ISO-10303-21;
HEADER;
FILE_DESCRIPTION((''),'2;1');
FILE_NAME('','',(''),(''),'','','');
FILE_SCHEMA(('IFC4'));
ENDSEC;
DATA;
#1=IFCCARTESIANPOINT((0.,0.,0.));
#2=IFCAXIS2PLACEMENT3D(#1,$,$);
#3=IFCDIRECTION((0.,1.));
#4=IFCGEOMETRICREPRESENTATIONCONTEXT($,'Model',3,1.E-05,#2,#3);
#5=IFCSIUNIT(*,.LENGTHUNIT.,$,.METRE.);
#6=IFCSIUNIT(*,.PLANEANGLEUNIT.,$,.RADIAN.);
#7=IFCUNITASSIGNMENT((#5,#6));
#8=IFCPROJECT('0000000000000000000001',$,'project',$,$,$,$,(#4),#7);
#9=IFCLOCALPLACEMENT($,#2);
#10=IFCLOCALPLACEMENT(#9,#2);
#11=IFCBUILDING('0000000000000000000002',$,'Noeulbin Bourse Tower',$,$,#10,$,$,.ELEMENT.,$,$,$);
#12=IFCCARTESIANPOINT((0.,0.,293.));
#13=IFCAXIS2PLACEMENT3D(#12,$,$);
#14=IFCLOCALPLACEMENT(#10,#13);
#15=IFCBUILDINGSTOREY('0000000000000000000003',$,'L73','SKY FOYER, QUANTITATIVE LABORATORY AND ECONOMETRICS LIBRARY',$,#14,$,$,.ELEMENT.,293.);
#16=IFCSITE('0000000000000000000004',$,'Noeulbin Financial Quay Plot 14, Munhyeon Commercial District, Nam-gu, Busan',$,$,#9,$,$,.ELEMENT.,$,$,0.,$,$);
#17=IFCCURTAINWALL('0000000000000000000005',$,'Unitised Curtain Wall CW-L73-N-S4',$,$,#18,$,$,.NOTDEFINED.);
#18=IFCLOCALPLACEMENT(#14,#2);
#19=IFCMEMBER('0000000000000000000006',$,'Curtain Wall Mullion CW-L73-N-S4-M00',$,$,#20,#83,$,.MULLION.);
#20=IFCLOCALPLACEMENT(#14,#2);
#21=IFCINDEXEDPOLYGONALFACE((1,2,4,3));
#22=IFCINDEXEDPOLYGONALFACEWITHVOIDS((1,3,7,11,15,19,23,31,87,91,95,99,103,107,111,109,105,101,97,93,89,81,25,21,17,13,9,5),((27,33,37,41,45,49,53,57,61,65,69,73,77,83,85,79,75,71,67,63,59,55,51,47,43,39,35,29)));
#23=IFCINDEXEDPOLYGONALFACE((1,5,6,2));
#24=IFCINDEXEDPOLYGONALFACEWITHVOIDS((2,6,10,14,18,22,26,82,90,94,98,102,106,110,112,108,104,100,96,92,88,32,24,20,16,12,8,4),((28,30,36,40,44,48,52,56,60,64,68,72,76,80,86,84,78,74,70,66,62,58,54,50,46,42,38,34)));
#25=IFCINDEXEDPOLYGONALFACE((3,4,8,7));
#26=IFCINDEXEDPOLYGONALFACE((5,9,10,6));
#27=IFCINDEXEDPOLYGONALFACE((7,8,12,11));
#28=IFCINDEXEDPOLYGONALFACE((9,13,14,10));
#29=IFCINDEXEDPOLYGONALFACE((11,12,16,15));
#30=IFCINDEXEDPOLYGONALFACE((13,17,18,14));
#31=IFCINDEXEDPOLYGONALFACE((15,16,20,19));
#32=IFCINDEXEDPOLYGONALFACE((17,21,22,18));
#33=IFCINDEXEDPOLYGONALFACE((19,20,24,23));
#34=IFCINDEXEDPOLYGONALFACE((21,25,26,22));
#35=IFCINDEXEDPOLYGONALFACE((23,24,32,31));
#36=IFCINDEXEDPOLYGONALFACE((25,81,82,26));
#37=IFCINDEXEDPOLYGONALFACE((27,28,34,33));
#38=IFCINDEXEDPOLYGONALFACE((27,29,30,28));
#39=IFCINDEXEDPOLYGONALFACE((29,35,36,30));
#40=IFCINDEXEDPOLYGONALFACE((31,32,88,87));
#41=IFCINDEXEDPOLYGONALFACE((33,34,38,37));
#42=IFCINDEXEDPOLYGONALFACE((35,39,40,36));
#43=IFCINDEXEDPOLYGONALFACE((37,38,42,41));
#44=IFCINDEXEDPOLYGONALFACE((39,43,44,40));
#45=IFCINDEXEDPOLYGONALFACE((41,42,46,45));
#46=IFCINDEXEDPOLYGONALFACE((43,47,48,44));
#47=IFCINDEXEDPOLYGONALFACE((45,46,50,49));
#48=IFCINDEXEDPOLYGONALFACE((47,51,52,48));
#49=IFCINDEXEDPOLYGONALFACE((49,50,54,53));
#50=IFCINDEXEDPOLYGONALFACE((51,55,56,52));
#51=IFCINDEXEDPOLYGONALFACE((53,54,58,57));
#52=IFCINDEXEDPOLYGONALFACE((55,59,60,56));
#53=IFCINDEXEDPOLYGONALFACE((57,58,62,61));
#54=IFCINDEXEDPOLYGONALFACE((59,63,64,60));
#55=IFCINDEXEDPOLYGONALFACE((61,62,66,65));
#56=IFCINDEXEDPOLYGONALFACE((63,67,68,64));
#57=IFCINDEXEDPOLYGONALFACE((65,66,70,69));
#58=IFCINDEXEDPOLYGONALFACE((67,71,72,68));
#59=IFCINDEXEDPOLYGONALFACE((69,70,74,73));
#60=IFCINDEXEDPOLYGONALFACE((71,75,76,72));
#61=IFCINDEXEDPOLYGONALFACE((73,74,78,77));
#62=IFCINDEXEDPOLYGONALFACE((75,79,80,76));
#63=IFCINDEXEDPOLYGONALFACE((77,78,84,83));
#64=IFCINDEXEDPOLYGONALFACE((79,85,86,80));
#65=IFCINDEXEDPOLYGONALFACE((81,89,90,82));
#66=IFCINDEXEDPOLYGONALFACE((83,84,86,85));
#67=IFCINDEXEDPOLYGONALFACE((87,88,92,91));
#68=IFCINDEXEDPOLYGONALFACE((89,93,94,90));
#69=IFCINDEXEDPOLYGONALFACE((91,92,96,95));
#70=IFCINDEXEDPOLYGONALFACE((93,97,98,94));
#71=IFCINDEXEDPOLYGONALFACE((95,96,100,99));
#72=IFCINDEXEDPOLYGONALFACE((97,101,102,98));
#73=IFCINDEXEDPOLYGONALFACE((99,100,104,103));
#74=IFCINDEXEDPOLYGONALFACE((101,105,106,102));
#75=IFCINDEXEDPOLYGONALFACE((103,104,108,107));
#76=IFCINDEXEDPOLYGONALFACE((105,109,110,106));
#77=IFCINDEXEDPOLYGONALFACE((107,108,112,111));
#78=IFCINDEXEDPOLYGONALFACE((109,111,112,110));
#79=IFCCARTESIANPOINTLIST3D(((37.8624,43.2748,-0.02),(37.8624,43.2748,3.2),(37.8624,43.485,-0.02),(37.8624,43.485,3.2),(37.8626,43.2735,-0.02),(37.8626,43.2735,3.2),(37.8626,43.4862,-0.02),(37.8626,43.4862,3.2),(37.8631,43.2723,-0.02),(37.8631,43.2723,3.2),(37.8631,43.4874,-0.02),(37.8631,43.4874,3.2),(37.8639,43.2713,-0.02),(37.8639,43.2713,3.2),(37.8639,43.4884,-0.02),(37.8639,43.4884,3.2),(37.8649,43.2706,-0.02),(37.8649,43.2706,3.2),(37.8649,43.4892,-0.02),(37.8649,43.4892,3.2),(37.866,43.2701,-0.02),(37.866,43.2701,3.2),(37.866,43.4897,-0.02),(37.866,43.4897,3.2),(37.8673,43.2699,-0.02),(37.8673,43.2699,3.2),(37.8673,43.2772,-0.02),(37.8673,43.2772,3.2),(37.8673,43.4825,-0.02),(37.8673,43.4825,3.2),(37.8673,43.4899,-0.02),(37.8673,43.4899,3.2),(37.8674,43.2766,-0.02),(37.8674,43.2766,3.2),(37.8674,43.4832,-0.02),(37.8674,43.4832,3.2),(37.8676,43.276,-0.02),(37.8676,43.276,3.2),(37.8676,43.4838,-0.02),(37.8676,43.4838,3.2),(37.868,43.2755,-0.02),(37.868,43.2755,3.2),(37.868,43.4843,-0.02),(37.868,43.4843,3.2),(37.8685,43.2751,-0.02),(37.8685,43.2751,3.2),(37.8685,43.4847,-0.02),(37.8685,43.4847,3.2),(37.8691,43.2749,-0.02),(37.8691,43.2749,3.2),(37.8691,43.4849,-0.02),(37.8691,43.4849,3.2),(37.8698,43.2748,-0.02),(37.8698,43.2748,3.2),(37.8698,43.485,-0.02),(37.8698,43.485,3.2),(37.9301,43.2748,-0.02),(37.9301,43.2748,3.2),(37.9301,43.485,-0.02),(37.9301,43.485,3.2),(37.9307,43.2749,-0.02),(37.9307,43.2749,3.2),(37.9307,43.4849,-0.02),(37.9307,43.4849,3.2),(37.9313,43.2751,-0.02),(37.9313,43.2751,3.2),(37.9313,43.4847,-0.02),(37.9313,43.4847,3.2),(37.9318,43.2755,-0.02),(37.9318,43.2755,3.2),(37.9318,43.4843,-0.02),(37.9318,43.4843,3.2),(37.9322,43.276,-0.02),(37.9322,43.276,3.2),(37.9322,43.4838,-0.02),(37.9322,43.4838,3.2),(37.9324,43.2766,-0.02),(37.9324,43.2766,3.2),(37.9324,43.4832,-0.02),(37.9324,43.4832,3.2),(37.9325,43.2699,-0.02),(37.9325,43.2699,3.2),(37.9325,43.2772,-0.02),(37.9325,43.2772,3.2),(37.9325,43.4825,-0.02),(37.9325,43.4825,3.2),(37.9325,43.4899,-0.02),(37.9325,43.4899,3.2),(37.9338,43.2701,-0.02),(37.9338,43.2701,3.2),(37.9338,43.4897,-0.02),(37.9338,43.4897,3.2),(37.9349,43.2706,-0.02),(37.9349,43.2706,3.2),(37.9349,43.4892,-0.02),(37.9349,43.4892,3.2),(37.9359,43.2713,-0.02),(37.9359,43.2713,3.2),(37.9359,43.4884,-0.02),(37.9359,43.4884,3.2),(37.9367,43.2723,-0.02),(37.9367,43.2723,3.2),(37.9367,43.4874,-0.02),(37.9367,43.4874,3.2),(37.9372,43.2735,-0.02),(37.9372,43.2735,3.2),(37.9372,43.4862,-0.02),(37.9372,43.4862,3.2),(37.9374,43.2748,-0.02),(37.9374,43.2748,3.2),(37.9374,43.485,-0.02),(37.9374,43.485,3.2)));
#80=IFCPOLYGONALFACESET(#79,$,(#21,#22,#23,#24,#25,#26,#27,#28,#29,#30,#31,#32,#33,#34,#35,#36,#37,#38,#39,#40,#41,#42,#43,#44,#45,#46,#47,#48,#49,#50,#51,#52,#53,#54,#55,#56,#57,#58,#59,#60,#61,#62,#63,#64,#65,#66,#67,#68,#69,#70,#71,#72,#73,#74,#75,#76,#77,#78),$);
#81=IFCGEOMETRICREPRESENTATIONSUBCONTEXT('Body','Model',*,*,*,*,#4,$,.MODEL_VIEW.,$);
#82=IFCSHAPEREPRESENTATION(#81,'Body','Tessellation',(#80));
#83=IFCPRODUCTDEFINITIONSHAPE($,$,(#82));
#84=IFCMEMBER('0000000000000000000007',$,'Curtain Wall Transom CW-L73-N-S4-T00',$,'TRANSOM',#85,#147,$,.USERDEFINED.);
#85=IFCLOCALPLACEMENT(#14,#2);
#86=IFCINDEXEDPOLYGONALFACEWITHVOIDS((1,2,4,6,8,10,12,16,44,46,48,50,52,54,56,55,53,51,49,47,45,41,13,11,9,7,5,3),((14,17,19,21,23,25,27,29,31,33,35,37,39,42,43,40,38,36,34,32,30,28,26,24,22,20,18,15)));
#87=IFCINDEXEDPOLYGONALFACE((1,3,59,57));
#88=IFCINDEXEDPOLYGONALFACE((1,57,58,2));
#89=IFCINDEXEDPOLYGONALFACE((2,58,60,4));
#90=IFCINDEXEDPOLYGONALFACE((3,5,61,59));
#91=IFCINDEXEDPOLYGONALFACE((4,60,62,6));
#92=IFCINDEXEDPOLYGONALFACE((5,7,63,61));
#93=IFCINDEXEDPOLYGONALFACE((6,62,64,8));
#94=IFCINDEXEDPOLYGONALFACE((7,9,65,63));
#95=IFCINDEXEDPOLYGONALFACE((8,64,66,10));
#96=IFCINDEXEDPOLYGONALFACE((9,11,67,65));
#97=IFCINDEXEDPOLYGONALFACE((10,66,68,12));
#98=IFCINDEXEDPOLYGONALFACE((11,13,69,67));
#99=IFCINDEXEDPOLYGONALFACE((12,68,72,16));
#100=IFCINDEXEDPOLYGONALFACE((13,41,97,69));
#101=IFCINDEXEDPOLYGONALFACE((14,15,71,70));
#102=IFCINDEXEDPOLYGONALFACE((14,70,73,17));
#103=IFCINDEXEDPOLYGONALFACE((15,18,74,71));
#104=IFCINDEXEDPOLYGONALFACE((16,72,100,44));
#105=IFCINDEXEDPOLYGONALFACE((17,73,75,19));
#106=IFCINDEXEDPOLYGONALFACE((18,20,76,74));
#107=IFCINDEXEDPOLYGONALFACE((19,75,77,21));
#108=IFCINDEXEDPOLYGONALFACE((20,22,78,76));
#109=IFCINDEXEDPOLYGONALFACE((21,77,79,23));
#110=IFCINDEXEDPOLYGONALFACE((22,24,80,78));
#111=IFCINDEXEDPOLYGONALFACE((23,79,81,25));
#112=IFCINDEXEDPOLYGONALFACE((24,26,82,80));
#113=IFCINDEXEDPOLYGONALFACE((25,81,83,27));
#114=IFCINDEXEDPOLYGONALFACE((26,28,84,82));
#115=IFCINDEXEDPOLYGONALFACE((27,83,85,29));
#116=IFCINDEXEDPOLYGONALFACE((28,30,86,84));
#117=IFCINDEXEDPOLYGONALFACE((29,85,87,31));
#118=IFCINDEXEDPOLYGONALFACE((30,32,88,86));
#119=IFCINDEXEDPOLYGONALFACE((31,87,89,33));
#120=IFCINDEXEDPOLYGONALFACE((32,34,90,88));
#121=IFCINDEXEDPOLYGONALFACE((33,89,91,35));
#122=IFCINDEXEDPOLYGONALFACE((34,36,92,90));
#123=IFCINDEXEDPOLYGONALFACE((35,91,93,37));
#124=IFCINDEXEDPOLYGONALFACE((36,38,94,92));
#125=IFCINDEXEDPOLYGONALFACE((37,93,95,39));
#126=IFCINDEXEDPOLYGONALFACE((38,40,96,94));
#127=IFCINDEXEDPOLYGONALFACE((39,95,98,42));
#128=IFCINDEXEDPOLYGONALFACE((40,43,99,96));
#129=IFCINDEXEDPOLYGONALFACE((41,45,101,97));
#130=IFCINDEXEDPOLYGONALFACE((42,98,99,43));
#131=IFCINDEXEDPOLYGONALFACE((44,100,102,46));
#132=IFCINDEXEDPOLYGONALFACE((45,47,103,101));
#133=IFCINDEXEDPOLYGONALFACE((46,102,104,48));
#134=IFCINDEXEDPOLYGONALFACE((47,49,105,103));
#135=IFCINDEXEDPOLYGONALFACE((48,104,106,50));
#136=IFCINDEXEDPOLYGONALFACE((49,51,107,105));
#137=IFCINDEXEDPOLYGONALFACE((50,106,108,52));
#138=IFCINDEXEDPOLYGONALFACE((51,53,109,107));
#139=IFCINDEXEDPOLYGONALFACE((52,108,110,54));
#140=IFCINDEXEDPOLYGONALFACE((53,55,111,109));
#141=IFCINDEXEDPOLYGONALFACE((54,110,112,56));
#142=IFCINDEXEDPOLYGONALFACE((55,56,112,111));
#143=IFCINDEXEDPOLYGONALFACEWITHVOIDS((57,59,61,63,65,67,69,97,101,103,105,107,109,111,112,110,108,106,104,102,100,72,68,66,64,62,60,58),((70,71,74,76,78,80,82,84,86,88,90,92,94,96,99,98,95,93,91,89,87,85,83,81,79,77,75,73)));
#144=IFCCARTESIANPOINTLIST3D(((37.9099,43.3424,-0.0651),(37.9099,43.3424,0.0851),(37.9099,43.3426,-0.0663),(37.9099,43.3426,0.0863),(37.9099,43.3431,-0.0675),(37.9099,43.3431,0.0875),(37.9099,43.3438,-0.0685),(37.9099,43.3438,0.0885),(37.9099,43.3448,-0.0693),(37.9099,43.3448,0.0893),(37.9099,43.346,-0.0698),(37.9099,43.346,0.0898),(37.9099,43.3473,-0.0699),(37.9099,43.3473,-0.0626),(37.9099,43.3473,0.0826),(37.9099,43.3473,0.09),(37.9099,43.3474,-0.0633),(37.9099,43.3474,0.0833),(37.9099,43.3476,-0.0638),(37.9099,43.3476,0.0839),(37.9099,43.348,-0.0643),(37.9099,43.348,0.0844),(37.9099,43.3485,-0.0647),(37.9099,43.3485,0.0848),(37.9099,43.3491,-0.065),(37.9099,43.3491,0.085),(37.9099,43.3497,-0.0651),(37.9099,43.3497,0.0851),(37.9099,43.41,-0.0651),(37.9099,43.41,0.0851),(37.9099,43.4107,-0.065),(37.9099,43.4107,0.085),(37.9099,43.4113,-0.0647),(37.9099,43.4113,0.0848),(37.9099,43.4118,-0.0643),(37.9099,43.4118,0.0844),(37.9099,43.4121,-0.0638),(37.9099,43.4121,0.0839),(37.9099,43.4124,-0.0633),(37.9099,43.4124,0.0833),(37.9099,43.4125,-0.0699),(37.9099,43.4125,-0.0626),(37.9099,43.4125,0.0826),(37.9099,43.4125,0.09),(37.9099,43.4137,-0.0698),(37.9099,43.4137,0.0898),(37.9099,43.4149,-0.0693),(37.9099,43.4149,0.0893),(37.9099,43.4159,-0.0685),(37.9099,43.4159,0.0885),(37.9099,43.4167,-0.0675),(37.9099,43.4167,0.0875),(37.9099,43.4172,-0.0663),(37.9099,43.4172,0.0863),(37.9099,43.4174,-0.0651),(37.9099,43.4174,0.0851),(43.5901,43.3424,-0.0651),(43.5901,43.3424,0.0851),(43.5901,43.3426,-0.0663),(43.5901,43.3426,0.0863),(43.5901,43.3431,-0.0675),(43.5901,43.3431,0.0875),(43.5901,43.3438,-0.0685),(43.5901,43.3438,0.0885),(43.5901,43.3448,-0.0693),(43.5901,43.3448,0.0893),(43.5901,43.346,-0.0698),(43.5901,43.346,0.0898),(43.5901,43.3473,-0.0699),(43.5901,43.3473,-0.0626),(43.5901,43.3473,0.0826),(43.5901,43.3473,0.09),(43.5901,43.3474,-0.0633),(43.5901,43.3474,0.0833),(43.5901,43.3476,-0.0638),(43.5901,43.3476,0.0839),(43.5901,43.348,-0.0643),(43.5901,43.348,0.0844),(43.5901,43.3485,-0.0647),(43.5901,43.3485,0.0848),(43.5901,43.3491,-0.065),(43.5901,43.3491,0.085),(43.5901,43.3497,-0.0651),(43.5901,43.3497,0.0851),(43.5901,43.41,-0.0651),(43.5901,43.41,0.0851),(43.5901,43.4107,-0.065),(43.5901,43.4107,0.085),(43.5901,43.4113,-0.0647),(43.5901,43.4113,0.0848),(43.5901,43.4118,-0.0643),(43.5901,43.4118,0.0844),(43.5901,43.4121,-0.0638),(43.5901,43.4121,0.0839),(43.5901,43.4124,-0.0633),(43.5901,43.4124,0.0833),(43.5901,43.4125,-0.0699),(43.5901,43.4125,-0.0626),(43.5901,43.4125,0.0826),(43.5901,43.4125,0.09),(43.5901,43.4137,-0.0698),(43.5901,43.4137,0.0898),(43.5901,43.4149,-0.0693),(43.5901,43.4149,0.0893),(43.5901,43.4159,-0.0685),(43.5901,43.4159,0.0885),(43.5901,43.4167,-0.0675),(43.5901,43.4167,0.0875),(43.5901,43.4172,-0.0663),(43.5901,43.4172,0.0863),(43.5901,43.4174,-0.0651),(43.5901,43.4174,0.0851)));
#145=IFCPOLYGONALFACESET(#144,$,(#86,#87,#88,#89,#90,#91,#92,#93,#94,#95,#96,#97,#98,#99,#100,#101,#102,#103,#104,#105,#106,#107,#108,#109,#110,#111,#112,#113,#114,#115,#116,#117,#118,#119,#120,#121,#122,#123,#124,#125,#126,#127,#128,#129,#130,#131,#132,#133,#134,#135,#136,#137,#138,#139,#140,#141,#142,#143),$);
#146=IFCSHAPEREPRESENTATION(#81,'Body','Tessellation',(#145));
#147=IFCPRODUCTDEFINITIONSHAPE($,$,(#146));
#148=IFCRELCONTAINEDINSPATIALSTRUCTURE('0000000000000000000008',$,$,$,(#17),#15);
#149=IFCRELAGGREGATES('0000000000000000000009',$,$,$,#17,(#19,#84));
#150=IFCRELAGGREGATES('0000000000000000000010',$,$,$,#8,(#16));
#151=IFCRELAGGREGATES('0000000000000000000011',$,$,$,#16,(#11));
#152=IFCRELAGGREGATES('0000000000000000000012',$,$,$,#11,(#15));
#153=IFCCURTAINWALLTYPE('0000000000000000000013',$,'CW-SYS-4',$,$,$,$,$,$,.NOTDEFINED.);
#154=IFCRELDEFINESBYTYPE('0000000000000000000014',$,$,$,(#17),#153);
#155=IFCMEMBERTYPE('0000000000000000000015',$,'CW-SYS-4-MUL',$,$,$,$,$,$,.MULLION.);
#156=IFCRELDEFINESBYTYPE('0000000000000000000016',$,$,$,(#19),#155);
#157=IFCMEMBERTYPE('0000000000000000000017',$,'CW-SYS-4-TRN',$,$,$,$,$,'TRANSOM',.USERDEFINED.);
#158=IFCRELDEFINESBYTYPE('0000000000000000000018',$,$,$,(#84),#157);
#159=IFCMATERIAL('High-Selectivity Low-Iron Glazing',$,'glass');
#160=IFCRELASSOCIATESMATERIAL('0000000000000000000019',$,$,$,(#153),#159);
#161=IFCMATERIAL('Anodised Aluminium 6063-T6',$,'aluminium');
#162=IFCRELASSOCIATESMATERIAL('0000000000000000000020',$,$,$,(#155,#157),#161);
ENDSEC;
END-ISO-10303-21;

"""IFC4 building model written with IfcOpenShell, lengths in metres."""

from ifc_helpers import new_model, si_unit, direction, frame, origin, origin_2d, place, context, subcontext, project, spatial, hollow_rectangle, extrude, material, material_profile, profile_set, type_object, element, aggregate, save


model = new_model("IFC4")

# Units and contexts
model_context = context("Model", 3, precision=1e-05, world=origin(), true_north=direction((0.0, 1.0)))
body_context = subcontext(model_context, "Body", "Model", "MODEL_VIEW")
ifc_project = project(units=[si_unit("LENGTHUNIT", "METRE"), si_unit("PLANEANGLEUNIT", "RADIAN")], contexts=[model_context])

# Site, building, storey
site_placement = place(None, origin())
site = spatial("IfcSite", under=ifc_project, at=site_placement, Name="Noeulbin Financial Quay Plot 14, Munhyeon Commercial District, Nam-gu, Busan", CompositionType="ELEMENT", RefElevation=0.0)
building_placement = place(site_placement, origin())
building = spatial("IfcBuilding", under=site, at=building_placement, Name="Noeulbin Bourse Tower", CompositionType="ELEMENT")
storey_placement = place(building_placement, frame((0.0, 0.0, 293.0)))
storey = spatial("IfcBuildingStorey", under=building, at=storey_placement, Name="L73", Description="SKY FOYER, QUANTITATIVE LABORATORY AND ECONOMETRICS LIBRARY", CompositionType="ELEMENT", Elevation=293.0)

# Shared definitions
ifc_material_1 = material(Name="High-Selectivity Low-Iron Glazing", Category="glass")
curtain_wall_type = type_object("IfcCurtainWallType", Name="CW-SYS-4", PredefinedType="NOTDEFINED", material=ifc_material_1)
ifc_material_2 = material(Name="Anodised Aluminium 6063-T6", Category="aluminium")
ifc_material_profile_1 = material_profile(ifc_material_2, hollow_rectangle(XDim=0.075, YDim=0.22, WallThickness=0.0049, InnerFilletRadius=0.0024, OuterFilletRadius=0.0049, at=origin_2d()), Name="ALU-MULL-75x220x5", Category="LoadBearing")
ifc_profile_set_1 = profile_set([ifc_material_profile_1], Name="Anodised Aluminium 6063-T6")
member_type_1 = type_object("IfcMemberType", Name="CW-SYS-4-MUL", PredefinedType="MULLION", material=ifc_profile_set_1)

# Curtain wall, members
curtain_wall_1_placement = place(storey_placement, origin())
curtain_wall_1 = element("IfcCurtainWall", 1, at=curtain_wall_1_placement, inside=storey, type_object=curtain_wall_type, Name="Unitised Curtain Wall CW-L73-N-S4", PredefinedType="NOTDEFINED")
member_1_placement = place(storey_placement, frame((37.8999, 43.3799, -0.02), z_axis=(0.0, 0.0, 1.0), x_axis=(1.0, 0.0, 0.0)))
member_1 = element("IfcMember", 2, at=member_1_placement, type_object=member_type_1, Name="Curtain Wall Mullion CW-L73-N-S4-M00", PredefinedType="MULLION", context=body_context, shape_type="SweptSolid", body=[
    extrude(hollow_rectangle(XDim=0.075, YDim=0.22, WallThickness=0.0049, InnerFilletRadius=0.0024, OuterFilletRadius=0.0049, at=origin_2d()), origin(), (0.0, 0.0, 1.0), 3.22),
])
ifc_material_profile_2 = material_profile(ifc_material_2, hollow_rectangle(XDim=0.075, YDim=0.1599, WallThickness=0.0049, InnerFilletRadius=0.0024, OuterFilletRadius=0.0049, at=origin_2d()), Name="ALU-TRAN-75x160x5", Category="LoadBearing")
ifc_profile_set_2 = profile_set([ifc_material_profile_2], Name="Anodised Aluminium 6063-T6")
member_type_2 = type_object("IfcMemberType", Name="CW-SYS-4-TRN", ElementType="TRANSOM", PredefinedType="USERDEFINED", material=ifc_profile_set_2)
member_2_placement = place(storey_placement, frame((37.9099, 43.3799, 0.01), z_axis=(1.0, 0.0, 0.0), x_axis=(0.0, 1.0, 0.0)))
member_2 = element("IfcMember", 3, at=member_2_placement, type_object=member_type_2, Name="Curtain Wall Transom CW-L73-N-S4-T00", ObjectType="TRANSOM", PredefinedType="USERDEFINED", context=body_context, shape_type="SweptSolid", body=[
    extrude(hollow_rectangle(XDim=0.075, YDim=0.1599, WallThickness=0.0049, InnerFilletRadius=0.0024, OuterFilletRadius=0.0049, at=origin_2d()), origin(), (0.0, 0.0, 1.0), 5.6802),
])

aggregate(curtain_wall_1, [member_1, member_2])

save(model, "model.ifc")
